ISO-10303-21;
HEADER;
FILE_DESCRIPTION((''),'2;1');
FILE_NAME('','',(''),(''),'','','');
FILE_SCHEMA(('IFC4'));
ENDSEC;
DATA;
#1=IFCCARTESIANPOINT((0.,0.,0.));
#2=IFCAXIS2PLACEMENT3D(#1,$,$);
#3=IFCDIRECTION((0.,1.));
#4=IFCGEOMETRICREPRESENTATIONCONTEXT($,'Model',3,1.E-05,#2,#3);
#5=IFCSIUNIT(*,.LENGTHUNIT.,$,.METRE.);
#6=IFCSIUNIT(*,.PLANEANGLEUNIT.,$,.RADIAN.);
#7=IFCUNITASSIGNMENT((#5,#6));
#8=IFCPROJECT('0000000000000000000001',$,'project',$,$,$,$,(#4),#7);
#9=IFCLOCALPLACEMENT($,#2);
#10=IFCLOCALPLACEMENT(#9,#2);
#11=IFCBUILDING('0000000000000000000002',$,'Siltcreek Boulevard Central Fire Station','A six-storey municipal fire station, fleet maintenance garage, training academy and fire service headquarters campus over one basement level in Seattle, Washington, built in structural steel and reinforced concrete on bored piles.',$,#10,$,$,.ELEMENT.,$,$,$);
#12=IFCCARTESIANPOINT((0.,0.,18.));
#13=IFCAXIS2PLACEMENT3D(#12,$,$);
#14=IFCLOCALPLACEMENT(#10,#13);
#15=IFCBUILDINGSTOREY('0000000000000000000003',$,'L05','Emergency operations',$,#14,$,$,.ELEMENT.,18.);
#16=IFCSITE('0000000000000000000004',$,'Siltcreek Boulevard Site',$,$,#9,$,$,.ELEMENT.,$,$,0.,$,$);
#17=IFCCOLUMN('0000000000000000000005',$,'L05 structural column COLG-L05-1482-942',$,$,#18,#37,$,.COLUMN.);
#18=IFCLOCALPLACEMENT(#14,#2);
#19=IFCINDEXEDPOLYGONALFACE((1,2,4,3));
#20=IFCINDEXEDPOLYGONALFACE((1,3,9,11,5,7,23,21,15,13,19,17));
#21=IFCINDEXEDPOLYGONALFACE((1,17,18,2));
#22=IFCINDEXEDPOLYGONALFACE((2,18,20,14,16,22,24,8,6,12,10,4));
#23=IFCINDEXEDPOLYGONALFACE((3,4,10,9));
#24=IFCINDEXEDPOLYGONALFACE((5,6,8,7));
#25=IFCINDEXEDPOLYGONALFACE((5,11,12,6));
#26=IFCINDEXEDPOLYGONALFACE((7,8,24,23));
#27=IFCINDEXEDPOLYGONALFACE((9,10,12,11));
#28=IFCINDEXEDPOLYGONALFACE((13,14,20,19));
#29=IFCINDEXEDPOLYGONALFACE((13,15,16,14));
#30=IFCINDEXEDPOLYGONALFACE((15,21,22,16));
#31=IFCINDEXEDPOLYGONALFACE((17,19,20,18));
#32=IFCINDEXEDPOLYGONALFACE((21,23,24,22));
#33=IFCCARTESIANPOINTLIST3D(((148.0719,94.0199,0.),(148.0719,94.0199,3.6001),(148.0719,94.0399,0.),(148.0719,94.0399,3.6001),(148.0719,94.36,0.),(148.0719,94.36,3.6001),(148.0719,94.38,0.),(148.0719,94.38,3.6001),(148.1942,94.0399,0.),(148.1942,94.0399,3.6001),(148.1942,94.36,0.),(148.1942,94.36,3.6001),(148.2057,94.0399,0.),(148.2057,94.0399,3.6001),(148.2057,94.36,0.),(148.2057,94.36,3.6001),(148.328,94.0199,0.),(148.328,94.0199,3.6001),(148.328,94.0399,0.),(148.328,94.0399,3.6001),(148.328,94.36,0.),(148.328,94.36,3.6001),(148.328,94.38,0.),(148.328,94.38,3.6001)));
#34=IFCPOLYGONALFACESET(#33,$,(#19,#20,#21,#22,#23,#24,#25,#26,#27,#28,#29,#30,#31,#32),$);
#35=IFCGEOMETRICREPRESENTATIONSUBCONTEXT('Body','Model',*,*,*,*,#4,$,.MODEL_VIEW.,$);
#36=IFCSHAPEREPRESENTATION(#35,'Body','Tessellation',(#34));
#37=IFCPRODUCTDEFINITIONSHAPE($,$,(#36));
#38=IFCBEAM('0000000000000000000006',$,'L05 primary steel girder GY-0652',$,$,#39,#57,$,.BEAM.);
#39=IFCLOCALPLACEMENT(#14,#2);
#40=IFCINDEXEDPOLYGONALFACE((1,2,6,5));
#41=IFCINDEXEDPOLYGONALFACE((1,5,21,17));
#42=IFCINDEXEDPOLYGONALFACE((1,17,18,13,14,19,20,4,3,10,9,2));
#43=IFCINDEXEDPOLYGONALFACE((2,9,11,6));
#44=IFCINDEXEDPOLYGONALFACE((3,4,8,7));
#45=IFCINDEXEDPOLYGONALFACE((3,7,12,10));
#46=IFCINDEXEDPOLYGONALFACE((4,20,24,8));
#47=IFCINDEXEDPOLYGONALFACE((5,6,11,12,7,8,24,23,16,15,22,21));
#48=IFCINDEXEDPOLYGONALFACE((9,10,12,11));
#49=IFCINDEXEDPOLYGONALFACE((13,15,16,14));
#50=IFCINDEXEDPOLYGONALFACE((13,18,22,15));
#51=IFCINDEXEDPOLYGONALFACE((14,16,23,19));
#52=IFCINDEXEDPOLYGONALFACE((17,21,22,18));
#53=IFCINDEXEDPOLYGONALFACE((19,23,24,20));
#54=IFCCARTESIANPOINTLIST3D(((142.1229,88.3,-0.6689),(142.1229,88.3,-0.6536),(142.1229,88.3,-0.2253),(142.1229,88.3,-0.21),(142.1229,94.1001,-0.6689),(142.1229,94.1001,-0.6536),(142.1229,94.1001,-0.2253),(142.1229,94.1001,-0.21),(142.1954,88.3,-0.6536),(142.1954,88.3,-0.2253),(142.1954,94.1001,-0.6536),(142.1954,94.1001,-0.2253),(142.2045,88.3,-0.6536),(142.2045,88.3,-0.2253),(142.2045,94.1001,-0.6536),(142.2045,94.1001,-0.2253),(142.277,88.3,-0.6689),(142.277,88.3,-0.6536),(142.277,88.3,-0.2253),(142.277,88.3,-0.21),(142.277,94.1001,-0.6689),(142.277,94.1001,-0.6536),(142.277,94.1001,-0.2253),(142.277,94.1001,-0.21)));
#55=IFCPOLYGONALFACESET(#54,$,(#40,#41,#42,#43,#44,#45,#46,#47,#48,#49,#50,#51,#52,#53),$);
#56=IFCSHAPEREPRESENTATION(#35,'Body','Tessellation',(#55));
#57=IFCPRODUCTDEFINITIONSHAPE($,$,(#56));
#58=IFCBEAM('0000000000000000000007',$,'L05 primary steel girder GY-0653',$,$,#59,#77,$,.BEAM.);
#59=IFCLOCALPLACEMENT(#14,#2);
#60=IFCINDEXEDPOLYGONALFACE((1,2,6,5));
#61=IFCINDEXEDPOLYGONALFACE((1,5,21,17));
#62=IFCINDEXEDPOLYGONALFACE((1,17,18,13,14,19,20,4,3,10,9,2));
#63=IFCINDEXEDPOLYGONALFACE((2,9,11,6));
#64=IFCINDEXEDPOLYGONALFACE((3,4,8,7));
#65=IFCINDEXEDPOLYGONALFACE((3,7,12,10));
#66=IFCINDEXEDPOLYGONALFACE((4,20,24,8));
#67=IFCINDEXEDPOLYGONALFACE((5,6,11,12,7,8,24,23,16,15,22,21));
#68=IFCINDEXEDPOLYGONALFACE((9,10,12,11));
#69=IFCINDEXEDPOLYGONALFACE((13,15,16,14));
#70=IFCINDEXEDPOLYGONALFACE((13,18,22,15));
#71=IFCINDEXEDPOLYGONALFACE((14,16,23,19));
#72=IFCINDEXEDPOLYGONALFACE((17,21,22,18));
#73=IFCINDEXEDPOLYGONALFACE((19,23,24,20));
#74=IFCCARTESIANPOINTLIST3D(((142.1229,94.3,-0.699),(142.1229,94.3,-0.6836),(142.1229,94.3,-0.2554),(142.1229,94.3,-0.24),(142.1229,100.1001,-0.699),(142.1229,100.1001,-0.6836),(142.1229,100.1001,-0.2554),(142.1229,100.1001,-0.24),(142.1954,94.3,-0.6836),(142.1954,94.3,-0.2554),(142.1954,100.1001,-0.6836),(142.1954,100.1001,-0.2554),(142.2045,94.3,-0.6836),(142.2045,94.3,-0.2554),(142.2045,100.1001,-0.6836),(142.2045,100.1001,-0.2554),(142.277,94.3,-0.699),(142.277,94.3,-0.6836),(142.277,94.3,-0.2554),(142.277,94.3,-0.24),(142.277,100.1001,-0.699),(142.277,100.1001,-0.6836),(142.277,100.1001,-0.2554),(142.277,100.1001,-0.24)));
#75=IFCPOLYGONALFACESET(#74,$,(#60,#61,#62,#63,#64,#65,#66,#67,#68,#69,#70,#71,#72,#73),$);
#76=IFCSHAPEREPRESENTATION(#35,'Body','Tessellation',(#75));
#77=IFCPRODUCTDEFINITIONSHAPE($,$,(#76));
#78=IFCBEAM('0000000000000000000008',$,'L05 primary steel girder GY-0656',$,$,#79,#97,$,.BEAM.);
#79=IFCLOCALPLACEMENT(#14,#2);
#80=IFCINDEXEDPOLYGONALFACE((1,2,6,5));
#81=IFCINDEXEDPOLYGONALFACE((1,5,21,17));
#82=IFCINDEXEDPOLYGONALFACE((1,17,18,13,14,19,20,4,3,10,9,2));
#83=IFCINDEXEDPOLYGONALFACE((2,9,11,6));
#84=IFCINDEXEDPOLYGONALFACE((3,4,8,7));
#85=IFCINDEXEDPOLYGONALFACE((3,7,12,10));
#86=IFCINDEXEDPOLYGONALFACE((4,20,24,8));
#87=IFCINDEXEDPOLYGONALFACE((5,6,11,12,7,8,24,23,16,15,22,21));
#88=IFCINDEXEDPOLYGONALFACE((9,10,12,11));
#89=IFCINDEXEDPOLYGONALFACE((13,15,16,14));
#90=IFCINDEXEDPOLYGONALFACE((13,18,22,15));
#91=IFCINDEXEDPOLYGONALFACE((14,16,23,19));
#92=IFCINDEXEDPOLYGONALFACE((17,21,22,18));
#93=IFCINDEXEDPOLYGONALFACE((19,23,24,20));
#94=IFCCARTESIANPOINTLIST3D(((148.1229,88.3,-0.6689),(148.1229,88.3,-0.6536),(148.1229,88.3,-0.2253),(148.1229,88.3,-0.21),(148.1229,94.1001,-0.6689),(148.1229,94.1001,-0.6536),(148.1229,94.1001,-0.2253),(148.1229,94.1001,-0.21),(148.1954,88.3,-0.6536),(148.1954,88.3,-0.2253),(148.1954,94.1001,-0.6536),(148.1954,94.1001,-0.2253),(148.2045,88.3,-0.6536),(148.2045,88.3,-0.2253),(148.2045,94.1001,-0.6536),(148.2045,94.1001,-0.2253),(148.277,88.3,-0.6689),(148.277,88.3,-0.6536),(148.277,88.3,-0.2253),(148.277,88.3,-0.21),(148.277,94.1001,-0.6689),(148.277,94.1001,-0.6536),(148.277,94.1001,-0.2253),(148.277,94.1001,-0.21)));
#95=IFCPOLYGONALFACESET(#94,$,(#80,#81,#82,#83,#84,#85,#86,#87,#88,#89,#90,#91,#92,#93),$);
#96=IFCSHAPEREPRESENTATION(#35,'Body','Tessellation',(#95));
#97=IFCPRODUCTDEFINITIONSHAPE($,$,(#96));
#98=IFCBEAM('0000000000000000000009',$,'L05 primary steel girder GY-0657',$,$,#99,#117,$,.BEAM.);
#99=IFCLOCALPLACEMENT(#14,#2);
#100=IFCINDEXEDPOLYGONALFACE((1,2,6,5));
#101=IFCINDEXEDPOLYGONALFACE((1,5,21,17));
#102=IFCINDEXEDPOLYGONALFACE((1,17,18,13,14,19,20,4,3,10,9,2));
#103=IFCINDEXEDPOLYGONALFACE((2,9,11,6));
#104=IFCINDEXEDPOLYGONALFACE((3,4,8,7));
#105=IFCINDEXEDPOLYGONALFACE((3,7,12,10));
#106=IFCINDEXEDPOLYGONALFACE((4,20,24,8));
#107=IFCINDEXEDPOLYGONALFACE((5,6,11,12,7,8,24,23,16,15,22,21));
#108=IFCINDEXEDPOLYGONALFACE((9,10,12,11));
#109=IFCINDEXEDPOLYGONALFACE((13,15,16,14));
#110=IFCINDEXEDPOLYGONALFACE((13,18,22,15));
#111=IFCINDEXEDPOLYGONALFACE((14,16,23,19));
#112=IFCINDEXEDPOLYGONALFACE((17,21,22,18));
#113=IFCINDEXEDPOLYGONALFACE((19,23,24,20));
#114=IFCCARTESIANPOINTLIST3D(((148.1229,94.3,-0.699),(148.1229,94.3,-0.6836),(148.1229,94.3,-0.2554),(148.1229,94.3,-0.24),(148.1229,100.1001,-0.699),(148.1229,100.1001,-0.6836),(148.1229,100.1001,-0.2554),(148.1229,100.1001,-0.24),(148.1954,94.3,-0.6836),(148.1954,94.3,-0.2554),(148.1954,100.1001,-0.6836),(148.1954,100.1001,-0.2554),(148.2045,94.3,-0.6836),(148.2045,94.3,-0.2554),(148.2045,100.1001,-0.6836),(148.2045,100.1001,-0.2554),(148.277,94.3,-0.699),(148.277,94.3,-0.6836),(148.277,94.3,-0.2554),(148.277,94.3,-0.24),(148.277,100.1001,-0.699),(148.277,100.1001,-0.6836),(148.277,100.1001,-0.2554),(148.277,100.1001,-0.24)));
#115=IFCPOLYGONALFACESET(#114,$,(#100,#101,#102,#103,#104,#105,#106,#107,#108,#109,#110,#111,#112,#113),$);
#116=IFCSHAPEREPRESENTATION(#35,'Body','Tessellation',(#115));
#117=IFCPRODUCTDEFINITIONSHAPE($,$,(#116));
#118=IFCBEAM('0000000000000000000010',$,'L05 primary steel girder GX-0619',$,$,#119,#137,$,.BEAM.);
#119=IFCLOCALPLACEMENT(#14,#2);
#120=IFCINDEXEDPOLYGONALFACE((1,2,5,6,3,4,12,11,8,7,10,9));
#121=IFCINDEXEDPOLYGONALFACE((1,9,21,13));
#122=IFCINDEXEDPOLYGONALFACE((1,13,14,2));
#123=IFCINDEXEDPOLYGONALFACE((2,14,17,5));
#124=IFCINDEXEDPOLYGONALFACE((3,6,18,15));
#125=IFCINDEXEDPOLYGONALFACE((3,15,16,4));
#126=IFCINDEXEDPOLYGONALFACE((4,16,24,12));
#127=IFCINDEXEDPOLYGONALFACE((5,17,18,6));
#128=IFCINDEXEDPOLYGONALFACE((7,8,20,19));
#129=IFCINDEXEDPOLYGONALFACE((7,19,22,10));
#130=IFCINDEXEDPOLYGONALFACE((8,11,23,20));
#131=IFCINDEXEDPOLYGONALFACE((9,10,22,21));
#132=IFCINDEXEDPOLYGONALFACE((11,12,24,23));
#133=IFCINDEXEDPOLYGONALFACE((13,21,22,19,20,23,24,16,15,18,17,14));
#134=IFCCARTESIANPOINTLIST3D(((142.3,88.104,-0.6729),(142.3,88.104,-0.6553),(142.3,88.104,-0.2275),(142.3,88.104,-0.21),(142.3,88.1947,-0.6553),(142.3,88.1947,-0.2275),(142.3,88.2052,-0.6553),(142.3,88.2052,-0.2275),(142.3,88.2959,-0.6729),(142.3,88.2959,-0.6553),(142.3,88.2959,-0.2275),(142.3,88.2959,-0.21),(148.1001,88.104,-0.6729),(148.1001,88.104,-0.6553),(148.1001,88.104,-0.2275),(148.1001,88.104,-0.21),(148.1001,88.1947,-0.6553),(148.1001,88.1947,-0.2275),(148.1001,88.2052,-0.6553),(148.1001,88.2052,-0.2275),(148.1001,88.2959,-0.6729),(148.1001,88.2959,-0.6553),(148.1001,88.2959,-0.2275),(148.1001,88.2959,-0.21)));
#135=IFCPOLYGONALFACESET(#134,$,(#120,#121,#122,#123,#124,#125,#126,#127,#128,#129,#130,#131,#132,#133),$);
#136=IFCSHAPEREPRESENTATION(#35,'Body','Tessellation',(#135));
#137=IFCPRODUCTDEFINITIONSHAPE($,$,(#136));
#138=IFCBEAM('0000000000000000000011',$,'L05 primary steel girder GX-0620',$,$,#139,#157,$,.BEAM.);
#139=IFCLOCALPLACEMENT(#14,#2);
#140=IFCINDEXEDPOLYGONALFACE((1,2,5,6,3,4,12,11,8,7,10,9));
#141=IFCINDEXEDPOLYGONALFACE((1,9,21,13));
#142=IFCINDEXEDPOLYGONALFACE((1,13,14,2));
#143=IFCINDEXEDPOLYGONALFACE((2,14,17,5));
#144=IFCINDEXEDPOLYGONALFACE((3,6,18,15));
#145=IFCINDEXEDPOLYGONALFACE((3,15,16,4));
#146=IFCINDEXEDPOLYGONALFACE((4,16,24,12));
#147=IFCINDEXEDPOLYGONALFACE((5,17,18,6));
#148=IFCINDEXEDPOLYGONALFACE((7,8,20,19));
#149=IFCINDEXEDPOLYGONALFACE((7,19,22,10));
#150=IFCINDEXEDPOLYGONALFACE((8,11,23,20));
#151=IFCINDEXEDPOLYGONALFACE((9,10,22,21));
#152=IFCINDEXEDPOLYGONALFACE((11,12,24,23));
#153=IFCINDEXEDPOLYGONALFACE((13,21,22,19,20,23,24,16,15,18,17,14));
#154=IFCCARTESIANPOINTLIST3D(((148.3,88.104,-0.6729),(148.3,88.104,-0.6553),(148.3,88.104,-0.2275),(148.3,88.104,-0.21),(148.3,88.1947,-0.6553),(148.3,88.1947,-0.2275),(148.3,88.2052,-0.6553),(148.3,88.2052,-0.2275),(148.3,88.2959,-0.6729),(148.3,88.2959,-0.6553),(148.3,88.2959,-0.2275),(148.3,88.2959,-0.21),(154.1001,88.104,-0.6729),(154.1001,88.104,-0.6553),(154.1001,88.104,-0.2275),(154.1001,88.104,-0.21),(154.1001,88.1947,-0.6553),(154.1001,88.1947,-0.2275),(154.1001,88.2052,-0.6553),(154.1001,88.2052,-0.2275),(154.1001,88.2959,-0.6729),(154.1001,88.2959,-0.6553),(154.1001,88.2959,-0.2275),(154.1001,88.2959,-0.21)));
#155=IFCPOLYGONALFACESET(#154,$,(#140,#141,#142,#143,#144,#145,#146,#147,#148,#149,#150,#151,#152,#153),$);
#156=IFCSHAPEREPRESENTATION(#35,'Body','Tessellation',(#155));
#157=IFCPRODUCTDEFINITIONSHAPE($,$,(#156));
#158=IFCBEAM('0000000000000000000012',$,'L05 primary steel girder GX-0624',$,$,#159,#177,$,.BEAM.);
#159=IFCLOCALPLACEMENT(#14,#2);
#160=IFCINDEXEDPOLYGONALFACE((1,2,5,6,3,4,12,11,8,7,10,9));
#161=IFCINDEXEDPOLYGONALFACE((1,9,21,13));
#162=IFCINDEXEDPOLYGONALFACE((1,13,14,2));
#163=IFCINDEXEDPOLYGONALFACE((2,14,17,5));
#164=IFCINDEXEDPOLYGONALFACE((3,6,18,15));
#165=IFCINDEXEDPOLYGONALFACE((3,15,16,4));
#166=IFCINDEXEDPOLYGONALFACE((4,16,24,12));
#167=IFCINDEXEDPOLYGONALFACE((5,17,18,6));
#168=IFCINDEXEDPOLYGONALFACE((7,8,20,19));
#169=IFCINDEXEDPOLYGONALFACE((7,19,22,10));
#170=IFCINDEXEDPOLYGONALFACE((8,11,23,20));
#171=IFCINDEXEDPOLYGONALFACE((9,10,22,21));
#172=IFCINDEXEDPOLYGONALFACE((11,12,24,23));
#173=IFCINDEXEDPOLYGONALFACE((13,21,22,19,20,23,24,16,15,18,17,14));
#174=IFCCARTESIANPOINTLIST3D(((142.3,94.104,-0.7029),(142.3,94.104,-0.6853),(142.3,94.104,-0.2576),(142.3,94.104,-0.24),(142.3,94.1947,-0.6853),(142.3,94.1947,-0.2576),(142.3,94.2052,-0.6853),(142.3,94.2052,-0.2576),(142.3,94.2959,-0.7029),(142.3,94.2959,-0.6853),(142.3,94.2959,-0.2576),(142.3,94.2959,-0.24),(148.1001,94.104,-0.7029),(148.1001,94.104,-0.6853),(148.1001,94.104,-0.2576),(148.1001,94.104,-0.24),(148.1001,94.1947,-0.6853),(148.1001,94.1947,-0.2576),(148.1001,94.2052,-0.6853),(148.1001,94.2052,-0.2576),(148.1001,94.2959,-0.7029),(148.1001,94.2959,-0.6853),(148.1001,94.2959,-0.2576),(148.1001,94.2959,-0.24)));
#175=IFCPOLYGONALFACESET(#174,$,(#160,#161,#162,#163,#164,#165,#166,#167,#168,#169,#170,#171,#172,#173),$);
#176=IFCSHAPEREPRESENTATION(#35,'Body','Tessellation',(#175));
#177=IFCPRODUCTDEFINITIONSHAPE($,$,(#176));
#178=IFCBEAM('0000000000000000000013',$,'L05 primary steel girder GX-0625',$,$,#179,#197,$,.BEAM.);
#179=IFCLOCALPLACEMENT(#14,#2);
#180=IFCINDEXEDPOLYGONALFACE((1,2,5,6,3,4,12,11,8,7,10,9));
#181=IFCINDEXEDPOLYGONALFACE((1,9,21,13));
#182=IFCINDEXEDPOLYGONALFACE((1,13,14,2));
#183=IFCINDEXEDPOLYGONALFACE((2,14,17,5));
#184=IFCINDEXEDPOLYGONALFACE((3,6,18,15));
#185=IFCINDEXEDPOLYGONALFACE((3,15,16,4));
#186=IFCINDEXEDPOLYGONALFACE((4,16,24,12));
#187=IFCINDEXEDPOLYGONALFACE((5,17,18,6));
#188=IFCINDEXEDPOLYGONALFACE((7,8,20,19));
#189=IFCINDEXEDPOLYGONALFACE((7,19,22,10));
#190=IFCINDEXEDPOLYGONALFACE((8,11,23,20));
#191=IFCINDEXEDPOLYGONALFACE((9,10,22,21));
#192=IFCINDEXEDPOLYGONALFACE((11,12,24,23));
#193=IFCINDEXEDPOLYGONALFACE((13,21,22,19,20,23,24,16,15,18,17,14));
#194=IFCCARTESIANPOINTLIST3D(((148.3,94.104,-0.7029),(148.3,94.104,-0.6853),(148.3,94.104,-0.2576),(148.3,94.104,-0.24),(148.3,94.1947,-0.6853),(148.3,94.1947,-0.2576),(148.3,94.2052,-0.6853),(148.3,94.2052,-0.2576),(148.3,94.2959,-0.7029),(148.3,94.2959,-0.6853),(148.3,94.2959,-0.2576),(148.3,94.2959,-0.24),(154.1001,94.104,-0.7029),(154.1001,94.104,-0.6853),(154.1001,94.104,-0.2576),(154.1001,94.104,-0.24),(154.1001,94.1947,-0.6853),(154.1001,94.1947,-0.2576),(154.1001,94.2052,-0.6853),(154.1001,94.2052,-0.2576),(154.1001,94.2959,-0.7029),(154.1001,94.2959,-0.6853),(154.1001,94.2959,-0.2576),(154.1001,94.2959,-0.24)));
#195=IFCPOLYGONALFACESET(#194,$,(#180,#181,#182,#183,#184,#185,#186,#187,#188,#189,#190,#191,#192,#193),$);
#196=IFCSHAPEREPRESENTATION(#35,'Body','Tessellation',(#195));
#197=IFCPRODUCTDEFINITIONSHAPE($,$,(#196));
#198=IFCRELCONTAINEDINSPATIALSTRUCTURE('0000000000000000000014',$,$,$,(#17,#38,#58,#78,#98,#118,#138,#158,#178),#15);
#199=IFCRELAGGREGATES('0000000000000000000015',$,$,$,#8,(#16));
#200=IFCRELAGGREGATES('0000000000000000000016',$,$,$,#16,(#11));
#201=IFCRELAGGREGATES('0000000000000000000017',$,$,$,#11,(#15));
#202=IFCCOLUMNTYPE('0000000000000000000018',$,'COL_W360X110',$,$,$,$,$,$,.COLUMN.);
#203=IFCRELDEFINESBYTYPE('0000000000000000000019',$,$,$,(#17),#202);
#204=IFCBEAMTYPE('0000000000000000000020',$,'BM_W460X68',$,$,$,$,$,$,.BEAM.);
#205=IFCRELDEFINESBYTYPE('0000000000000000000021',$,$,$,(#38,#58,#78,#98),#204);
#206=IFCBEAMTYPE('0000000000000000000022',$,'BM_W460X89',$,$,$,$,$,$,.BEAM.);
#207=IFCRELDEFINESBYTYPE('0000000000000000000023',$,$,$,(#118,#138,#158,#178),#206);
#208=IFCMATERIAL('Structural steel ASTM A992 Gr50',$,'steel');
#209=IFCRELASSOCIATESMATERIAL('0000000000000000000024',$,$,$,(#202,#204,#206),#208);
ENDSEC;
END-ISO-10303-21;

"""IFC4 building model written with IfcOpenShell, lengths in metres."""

from ifc_helpers import new_model, si_unit, direction, frame, origin, origin_2d, place, context, subcontext, project, spatial, i_section, extrude, material, material_profile, profile_set, type_object, element, save


model = new_model("IFC4")

# Units and contexts
model_context = context("Model", 3, precision=1e-05, world=origin(), true_north=direction((0.0, 1.0)))
body_context = subcontext(model_context, "Body", "Model", "MODEL_VIEW")
ifc_project = project(units=[si_unit("LENGTHUNIT", "METRE"), si_unit("PLANEANGLEUNIT", "RADIAN")], contexts=[model_context])

# Site, building, storey
site_placement = place(None, origin())
site = spatial("IfcSite", under=ifc_project, at=site_placement, Name="Siltcreek Boulevard Site", CompositionType="ELEMENT", RefElevation=0.0)
building_placement = place(site_placement, origin())
building = spatial("IfcBuilding", under=site, at=building_placement, Name="Siltcreek Boulevard Central Fire Station", Description="A six-storey municipal fire station, fleet maintenance garage, training academy and fire service headquarters campus over one basement level in Seattle, Washington, built in structural steel and reinforced concrete on bored piles.", CompositionType="ELEMENT")
storey_placement = place(building_placement, frame((0.0, 0.0, 18.0)))
storey = spatial("IfcBuildingStorey", under=building, at=storey_placement, Name="L05", Description="Emergency operations", CompositionType="ELEMENT", Elevation=18.0)

# Column
ifc_material_1 = material(Name="Structural steel ASTM A992 Gr50", Category="steel")
ifc_material_profile_1 = material_profile(ifc_material_1, i_section(OverallWidth=0.2561, OverallDepth=0.3601, WebThickness=0.0115, FlangeThickness=0.02, at=origin_2d()), Name="W360X110")
ifc_profile_set_1 = profile_set([ifc_material_profile_1], Name="Structural steel ASTM A992 Gr50")
column_type = type_object("IfcColumnType", Name="COL_W360X110", PredefinedType="COLUMN", material=ifc_profile_set_1)
column_placement = place(storey_placement, frame((148.2, 94.2, 0.0), z_axis=(0.0, 0.0, 1.0), x_axis=(1.0, 0.0, 0.0)))
element("IfcColumn", 1, at=column_placement, inside=storey, type_object=column_type, Name="L05 structural column COLG-L05-1482-942", PredefinedType="COLUMN", context=body_context, shape_type="SweptSolid", body=[
    extrude(i_section(OverallWidth=0.2561, OverallDepth=0.3601, WebThickness=0.0115, FlangeThickness=0.02, at=origin_2d()), origin(), (0.0, 0.0, 1.0), 3.6001),
])

# Beams
ifc_material_profile_2 = material_profile(ifc_material_1, i_section(OverallWidth=0.1541, OverallDepth=0.459, WebThickness=0.009, FlangeThickness=0.0154, at=origin_2d()), Name="W460X68")
ifc_profile_set_2 = profile_set([ifc_material_profile_2], Name="Structural steel ASTM A992 Gr50")
beam_type_1 = type_object("IfcBeamType", Name="BM_W460X68", PredefinedType="BEAM", material=ifc_profile_set_2)
for number, where, z_axis, x_axis, name in (
    (2, (142.2, 88.3, -0.4395), (0.0, 1.0, 0.0), (-1.0, 0.0, 0.0), "L05 primary steel girder GY-0652"),
    (3, (142.2, 94.3, -0.4695), (0.0, 1.0, 0.0), (-1.0, 0.0, 0.0), "L05 primary steel girder GY-0653"),
    (4, (148.2, 88.3, -0.4395), (0.0, 1.0, 0.0), (-1.0, 0.0, 0.0), "L05 primary steel girder GY-0656"),
    (5, (148.2, 94.3, -0.4695), (0.0, 1.0, 0.0), (-1.0, 0.0, 0.0), "L05 primary steel girder GY-0657"),
):
    element("IfcBeam", number, at=place(storey_placement, frame(where, z_axis=z_axis, x_axis=x_axis)), inside=storey, type_object=beam_type_1, Name=name, PredefinedType="BEAM", context=body_context, shape_type="SweptSolid", body=[
        extrude(i_section(OverallWidth=0.1541, OverallDepth=0.459, WebThickness=0.009, FlangeThickness=0.0154, at=origin_2d()), origin(), (0.0, 0.0, 1.0), 5.8),
    ])
ifc_material_profile_3 = material_profile(ifc_material_1, i_section(OverallWidth=0.1919, OverallDepth=0.4629, WebThickness=0.0105, FlangeThickness=0.0176, at=origin_2d()), Name="W460X89")
ifc_profile_set_3 = profile_set([ifc_material_profile_3], Name="Structural steel ASTM A992 Gr50")
beam_type_2 = type_object("IfcBeamType", Name="BM_W460X89", PredefinedType="BEAM", material=ifc_profile_set_3)
for number, where, z_axis, x_axis, name in (
    (6, (142.3, 88.2, -0.4414), (1.0, 0.0, 0.0), (0.0, 1.0, 0.0), "L05 primary steel girder GX-0619"),
    (7, (148.3, 88.2, -0.4414), (1.0, 0.0, 0.0), (0.0, 1.0, 0.0), "L05 primary steel girder GX-0620"),
    (8, (142.3, 94.2, -0.4714), (1.0, 0.0, 0.0), (0.0, 1.0, 0.0), "L05 primary steel girder GX-0624"),
    (9, (148.3, 94.2, -0.4714), (1.0, 0.0, 0.0), (0.0, 1.0, 0.0), "L05 primary steel girder GX-0625"),
):
    element("IfcBeam", number, at=place(storey_placement, frame(where, z_axis=z_axis, x_axis=x_axis)), inside=storey, type_object=beam_type_2, Name=name, PredefinedType="BEAM", context=body_context, shape_type="SweptSolid", body=[
        extrude(i_section(OverallWidth=0.1919, OverallDepth=0.4629, WebThickness=0.0105, FlangeThickness=0.0176, at=origin_2d()), origin(), (0.0, 0.0, 1.0), 5.8),
    ])

save(model, "model.ifc")
